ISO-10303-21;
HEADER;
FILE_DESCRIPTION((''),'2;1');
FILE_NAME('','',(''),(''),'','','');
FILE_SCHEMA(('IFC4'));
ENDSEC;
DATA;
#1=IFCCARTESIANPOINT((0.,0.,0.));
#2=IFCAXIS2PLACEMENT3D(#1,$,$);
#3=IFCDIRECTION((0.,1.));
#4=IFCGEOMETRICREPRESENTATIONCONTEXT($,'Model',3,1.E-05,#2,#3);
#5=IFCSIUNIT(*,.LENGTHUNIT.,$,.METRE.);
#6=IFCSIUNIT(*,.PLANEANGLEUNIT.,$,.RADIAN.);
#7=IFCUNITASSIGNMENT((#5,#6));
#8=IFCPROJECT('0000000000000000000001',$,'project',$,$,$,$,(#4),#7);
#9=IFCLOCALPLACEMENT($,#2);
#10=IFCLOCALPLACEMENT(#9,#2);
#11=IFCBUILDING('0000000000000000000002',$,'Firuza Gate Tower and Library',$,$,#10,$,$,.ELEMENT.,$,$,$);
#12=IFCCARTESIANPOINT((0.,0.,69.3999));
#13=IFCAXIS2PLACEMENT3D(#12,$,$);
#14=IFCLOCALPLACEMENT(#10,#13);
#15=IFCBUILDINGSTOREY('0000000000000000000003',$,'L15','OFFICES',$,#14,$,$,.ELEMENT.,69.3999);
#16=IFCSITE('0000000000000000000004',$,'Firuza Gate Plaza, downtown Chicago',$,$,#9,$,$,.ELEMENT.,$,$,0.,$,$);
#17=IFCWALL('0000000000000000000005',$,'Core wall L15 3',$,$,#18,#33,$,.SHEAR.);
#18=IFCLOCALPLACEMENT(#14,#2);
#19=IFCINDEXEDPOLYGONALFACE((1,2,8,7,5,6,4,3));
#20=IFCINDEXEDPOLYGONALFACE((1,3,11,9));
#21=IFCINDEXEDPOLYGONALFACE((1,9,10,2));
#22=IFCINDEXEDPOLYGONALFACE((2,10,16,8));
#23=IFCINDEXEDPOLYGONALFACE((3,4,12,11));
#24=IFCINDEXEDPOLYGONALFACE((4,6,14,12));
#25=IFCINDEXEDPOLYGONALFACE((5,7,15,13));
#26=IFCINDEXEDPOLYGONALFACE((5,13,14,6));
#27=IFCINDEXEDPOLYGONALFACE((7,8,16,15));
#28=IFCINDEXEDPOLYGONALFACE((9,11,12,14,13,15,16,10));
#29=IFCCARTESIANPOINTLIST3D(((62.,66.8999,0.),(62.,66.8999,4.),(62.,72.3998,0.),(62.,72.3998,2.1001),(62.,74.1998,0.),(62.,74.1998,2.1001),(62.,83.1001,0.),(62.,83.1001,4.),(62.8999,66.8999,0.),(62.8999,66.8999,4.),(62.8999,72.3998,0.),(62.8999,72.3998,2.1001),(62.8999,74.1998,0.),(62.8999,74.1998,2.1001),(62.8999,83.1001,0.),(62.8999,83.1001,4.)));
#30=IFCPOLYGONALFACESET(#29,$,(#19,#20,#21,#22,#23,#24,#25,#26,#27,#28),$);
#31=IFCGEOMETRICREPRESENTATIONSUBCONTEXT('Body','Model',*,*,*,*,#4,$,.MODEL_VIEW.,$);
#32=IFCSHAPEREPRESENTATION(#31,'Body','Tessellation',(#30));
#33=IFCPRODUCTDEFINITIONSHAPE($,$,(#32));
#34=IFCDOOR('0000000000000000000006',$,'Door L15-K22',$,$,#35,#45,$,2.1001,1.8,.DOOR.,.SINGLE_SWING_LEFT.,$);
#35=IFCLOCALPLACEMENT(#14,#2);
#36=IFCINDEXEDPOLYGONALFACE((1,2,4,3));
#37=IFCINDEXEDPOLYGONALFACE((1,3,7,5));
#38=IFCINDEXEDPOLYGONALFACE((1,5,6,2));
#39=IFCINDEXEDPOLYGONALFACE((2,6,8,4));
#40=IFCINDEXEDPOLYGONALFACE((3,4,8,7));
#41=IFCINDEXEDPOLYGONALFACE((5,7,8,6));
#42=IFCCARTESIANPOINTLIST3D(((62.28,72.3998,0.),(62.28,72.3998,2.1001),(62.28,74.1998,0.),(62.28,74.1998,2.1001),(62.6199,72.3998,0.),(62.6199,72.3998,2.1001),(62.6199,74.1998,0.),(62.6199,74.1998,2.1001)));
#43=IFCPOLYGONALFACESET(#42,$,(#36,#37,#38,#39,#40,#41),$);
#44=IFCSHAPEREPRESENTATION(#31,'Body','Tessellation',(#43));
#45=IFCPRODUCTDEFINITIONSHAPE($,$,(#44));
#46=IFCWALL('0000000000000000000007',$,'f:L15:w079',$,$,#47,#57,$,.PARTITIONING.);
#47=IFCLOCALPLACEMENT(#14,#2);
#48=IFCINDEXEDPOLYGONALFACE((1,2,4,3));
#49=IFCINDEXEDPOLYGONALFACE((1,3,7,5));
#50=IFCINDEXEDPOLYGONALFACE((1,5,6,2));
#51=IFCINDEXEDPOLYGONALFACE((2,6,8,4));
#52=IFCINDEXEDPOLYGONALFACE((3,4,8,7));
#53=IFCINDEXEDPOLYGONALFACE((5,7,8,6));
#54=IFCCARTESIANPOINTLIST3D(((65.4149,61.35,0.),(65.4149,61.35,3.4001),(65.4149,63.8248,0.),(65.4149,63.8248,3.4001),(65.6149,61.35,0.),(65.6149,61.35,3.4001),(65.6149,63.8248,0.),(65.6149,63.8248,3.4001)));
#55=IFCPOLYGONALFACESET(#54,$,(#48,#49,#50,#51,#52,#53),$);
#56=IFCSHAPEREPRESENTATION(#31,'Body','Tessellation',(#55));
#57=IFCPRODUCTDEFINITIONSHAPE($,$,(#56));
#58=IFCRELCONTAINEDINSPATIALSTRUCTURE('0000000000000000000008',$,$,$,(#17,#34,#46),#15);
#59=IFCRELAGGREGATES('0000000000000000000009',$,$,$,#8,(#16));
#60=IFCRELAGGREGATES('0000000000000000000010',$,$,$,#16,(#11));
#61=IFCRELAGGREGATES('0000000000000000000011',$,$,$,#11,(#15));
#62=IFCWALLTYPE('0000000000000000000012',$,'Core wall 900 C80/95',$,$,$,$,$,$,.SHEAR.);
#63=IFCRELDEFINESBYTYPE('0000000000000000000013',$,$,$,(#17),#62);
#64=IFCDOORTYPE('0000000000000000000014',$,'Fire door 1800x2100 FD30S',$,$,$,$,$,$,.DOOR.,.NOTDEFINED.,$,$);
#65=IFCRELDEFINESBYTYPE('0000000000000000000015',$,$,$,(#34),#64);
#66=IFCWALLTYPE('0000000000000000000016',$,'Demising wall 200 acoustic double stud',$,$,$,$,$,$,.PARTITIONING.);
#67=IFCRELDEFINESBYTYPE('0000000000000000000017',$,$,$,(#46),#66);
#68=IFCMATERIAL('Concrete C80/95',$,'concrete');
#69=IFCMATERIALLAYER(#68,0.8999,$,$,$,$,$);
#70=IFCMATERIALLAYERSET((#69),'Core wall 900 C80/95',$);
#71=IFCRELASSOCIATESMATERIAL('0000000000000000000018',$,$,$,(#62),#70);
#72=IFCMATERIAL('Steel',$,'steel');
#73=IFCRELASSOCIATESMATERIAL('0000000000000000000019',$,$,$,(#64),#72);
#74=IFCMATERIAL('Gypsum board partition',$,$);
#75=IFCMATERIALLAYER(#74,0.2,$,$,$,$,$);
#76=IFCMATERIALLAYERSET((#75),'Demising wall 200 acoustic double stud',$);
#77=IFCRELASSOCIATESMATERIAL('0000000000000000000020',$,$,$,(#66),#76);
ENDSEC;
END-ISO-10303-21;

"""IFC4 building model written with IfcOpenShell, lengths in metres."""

from ifc_helpers import new_model, si_unit, direction, frame, frame_2d, origin, place, context, subcontext, project, spatial, rectangle, extrude, material, layer, layer_set, type_object, element, fill, save


model = new_model("IFC4")

# Units and contexts
model_context = context("Model", 3, precision=1e-05, world=origin(), true_north=direction((0.0, 1.0)))
body_context = subcontext(model_context, "Body", "Model", "MODEL_VIEW")
ifc_project = project(units=[si_unit("LENGTHUNIT", "METRE"), si_unit("PLANEANGLEUNIT", "RADIAN")], contexts=[model_context])

# Site, building, storey
site_placement = place(None, origin())
site = spatial("IfcSite", under=ifc_project, at=site_placement, Name="Firuza Gate Plaza, downtown Chicago", CompositionType="ELEMENT", RefElevation=0.0)
building_placement = place(site_placement, origin())
building = spatial("IfcBuilding", under=site, at=building_placement, Name="Firuza Gate Tower and Library", CompositionType="ELEMENT")
storey_placement = place(building_placement, frame((0.0, 0.0, 69.3999)))
storey = spatial("IfcBuildingStorey", under=building, at=storey_placement, Name="L15", Description="OFFICES", CompositionType="ELEMENT", Elevation=69.3999)

# Wall, opening, door
ifc_material_1 = material(Name="Concrete C80/95", Category="concrete")
ifc_layer_1 = layer(ifc_material_1, 0.8999)
ifc_layer_set_1 = layer_set([ifc_layer_1], Name="Core wall 900 C80/95")
wall_type_1 = type_object("IfcWallType", Name="Core wall 900 C80/95", PredefinedType="SHEAR", material=ifc_layer_set_1)
wall_1_placement = place(storey_placement, frame((62.45, 66.8999, 0.0), z_axis=(0.0, 0.0, 1.0), x_axis=(0.0, 1.0, 0.0)))
wall_1 = element("IfcWall", 1, at=wall_1_placement, inside=storey, type_object=wall_type_1, Name="Core wall L15 3", PredefinedType="SHEAR", context=body_context, shape_type="SweptSolid", body=[
    extrude(rectangle(XDim=16.2002, YDim=0.8999, at=frame_2d((8.1001, 0.0))), origin(), (0.0, 0.0, 1.0), 4.0),
])
opening_1_placement = place(wall_1_placement, frame((5.5, 0.0, 0.0)))
opening_1 = element("IfcOpeningElement", 2, at=opening_1_placement, cuts=wall_1, PredefinedType="OPENING", context=body_context, shape_type="SweptSolid", body=[
    extrude(rectangle(XDim=1.8, YDim=2.1001, at=frame_2d((0.8999, 1.05))), frame((0.0, 0.46, 0.0), z_axis=(0.0, -1.0, 0.0), x_axis=(1.0, 0.0, 0.0)), (0.0, 0.0, 1.0), 0.9199),
])
ifc_material_2 = material(Name="Steel", Category="steel")
door_type_1 = type_object("IfcDoorType", Name="Fire door 1800x2100 FD30S", OperationType="NOTDEFINED", PredefinedType="DOOR", material=ifc_material_2)
door_1_placement = place(opening_1_placement, origin())
door_1 = element("IfcDoor", 3, at=door_1_placement, inside=storey, type_object=door_type_1, Name="Door L15-K22", OperationType="SINGLE_SWING_LEFT", OverallHeight=2.1001, OverallWidth=1.8, PredefinedType="DOOR", context=body_context, shape_type="SweptSolid", body=[
    extrude(rectangle(XDim=1.8, YDim=2.1001, at=frame_2d((0.8999, 1.05))), frame((0.0, 0.1699, 0.0), z_axis=(0.0, -1.0, 0.0), x_axis=(1.0, 0.0, 0.0)), (0.0, 0.0, 1.0), 0.3398),
])
fill(opening_1, door_1)

# Wall
ifc_material_3 = material(Name="Gypsum board partition")
ifc_layer_2 = layer(ifc_material_3, 0.2)
ifc_layer_set_2 = layer_set([ifc_layer_2], Name="Demising wall 200 acoustic double stud")
wall_type_2 = type_object("IfcWallType", Name="Demising wall 200 acoustic double stud", PredefinedType="PARTITIONING", material=ifc_layer_set_2)
wall_2_placement = place(storey_placement, frame((65.5149, 61.3501, 0.0), z_axis=(0.0, 0.0, 1.0), x_axis=(0.0, 1.0, 0.0)))
element("IfcWall", 4, at=wall_2_placement, inside=storey, type_object=wall_type_2, Name="f:L15:w079", PredefinedType="PARTITIONING", context=body_context, shape_type="SweptSolid", body=[
    extrude(rectangle(XDim=2.4749, YDim=0.2, at=frame_2d((1.2373, 0.0))), origin(), (0.0, 0.0, 1.0), 3.4001),
])

save(model, "model.ifc")
